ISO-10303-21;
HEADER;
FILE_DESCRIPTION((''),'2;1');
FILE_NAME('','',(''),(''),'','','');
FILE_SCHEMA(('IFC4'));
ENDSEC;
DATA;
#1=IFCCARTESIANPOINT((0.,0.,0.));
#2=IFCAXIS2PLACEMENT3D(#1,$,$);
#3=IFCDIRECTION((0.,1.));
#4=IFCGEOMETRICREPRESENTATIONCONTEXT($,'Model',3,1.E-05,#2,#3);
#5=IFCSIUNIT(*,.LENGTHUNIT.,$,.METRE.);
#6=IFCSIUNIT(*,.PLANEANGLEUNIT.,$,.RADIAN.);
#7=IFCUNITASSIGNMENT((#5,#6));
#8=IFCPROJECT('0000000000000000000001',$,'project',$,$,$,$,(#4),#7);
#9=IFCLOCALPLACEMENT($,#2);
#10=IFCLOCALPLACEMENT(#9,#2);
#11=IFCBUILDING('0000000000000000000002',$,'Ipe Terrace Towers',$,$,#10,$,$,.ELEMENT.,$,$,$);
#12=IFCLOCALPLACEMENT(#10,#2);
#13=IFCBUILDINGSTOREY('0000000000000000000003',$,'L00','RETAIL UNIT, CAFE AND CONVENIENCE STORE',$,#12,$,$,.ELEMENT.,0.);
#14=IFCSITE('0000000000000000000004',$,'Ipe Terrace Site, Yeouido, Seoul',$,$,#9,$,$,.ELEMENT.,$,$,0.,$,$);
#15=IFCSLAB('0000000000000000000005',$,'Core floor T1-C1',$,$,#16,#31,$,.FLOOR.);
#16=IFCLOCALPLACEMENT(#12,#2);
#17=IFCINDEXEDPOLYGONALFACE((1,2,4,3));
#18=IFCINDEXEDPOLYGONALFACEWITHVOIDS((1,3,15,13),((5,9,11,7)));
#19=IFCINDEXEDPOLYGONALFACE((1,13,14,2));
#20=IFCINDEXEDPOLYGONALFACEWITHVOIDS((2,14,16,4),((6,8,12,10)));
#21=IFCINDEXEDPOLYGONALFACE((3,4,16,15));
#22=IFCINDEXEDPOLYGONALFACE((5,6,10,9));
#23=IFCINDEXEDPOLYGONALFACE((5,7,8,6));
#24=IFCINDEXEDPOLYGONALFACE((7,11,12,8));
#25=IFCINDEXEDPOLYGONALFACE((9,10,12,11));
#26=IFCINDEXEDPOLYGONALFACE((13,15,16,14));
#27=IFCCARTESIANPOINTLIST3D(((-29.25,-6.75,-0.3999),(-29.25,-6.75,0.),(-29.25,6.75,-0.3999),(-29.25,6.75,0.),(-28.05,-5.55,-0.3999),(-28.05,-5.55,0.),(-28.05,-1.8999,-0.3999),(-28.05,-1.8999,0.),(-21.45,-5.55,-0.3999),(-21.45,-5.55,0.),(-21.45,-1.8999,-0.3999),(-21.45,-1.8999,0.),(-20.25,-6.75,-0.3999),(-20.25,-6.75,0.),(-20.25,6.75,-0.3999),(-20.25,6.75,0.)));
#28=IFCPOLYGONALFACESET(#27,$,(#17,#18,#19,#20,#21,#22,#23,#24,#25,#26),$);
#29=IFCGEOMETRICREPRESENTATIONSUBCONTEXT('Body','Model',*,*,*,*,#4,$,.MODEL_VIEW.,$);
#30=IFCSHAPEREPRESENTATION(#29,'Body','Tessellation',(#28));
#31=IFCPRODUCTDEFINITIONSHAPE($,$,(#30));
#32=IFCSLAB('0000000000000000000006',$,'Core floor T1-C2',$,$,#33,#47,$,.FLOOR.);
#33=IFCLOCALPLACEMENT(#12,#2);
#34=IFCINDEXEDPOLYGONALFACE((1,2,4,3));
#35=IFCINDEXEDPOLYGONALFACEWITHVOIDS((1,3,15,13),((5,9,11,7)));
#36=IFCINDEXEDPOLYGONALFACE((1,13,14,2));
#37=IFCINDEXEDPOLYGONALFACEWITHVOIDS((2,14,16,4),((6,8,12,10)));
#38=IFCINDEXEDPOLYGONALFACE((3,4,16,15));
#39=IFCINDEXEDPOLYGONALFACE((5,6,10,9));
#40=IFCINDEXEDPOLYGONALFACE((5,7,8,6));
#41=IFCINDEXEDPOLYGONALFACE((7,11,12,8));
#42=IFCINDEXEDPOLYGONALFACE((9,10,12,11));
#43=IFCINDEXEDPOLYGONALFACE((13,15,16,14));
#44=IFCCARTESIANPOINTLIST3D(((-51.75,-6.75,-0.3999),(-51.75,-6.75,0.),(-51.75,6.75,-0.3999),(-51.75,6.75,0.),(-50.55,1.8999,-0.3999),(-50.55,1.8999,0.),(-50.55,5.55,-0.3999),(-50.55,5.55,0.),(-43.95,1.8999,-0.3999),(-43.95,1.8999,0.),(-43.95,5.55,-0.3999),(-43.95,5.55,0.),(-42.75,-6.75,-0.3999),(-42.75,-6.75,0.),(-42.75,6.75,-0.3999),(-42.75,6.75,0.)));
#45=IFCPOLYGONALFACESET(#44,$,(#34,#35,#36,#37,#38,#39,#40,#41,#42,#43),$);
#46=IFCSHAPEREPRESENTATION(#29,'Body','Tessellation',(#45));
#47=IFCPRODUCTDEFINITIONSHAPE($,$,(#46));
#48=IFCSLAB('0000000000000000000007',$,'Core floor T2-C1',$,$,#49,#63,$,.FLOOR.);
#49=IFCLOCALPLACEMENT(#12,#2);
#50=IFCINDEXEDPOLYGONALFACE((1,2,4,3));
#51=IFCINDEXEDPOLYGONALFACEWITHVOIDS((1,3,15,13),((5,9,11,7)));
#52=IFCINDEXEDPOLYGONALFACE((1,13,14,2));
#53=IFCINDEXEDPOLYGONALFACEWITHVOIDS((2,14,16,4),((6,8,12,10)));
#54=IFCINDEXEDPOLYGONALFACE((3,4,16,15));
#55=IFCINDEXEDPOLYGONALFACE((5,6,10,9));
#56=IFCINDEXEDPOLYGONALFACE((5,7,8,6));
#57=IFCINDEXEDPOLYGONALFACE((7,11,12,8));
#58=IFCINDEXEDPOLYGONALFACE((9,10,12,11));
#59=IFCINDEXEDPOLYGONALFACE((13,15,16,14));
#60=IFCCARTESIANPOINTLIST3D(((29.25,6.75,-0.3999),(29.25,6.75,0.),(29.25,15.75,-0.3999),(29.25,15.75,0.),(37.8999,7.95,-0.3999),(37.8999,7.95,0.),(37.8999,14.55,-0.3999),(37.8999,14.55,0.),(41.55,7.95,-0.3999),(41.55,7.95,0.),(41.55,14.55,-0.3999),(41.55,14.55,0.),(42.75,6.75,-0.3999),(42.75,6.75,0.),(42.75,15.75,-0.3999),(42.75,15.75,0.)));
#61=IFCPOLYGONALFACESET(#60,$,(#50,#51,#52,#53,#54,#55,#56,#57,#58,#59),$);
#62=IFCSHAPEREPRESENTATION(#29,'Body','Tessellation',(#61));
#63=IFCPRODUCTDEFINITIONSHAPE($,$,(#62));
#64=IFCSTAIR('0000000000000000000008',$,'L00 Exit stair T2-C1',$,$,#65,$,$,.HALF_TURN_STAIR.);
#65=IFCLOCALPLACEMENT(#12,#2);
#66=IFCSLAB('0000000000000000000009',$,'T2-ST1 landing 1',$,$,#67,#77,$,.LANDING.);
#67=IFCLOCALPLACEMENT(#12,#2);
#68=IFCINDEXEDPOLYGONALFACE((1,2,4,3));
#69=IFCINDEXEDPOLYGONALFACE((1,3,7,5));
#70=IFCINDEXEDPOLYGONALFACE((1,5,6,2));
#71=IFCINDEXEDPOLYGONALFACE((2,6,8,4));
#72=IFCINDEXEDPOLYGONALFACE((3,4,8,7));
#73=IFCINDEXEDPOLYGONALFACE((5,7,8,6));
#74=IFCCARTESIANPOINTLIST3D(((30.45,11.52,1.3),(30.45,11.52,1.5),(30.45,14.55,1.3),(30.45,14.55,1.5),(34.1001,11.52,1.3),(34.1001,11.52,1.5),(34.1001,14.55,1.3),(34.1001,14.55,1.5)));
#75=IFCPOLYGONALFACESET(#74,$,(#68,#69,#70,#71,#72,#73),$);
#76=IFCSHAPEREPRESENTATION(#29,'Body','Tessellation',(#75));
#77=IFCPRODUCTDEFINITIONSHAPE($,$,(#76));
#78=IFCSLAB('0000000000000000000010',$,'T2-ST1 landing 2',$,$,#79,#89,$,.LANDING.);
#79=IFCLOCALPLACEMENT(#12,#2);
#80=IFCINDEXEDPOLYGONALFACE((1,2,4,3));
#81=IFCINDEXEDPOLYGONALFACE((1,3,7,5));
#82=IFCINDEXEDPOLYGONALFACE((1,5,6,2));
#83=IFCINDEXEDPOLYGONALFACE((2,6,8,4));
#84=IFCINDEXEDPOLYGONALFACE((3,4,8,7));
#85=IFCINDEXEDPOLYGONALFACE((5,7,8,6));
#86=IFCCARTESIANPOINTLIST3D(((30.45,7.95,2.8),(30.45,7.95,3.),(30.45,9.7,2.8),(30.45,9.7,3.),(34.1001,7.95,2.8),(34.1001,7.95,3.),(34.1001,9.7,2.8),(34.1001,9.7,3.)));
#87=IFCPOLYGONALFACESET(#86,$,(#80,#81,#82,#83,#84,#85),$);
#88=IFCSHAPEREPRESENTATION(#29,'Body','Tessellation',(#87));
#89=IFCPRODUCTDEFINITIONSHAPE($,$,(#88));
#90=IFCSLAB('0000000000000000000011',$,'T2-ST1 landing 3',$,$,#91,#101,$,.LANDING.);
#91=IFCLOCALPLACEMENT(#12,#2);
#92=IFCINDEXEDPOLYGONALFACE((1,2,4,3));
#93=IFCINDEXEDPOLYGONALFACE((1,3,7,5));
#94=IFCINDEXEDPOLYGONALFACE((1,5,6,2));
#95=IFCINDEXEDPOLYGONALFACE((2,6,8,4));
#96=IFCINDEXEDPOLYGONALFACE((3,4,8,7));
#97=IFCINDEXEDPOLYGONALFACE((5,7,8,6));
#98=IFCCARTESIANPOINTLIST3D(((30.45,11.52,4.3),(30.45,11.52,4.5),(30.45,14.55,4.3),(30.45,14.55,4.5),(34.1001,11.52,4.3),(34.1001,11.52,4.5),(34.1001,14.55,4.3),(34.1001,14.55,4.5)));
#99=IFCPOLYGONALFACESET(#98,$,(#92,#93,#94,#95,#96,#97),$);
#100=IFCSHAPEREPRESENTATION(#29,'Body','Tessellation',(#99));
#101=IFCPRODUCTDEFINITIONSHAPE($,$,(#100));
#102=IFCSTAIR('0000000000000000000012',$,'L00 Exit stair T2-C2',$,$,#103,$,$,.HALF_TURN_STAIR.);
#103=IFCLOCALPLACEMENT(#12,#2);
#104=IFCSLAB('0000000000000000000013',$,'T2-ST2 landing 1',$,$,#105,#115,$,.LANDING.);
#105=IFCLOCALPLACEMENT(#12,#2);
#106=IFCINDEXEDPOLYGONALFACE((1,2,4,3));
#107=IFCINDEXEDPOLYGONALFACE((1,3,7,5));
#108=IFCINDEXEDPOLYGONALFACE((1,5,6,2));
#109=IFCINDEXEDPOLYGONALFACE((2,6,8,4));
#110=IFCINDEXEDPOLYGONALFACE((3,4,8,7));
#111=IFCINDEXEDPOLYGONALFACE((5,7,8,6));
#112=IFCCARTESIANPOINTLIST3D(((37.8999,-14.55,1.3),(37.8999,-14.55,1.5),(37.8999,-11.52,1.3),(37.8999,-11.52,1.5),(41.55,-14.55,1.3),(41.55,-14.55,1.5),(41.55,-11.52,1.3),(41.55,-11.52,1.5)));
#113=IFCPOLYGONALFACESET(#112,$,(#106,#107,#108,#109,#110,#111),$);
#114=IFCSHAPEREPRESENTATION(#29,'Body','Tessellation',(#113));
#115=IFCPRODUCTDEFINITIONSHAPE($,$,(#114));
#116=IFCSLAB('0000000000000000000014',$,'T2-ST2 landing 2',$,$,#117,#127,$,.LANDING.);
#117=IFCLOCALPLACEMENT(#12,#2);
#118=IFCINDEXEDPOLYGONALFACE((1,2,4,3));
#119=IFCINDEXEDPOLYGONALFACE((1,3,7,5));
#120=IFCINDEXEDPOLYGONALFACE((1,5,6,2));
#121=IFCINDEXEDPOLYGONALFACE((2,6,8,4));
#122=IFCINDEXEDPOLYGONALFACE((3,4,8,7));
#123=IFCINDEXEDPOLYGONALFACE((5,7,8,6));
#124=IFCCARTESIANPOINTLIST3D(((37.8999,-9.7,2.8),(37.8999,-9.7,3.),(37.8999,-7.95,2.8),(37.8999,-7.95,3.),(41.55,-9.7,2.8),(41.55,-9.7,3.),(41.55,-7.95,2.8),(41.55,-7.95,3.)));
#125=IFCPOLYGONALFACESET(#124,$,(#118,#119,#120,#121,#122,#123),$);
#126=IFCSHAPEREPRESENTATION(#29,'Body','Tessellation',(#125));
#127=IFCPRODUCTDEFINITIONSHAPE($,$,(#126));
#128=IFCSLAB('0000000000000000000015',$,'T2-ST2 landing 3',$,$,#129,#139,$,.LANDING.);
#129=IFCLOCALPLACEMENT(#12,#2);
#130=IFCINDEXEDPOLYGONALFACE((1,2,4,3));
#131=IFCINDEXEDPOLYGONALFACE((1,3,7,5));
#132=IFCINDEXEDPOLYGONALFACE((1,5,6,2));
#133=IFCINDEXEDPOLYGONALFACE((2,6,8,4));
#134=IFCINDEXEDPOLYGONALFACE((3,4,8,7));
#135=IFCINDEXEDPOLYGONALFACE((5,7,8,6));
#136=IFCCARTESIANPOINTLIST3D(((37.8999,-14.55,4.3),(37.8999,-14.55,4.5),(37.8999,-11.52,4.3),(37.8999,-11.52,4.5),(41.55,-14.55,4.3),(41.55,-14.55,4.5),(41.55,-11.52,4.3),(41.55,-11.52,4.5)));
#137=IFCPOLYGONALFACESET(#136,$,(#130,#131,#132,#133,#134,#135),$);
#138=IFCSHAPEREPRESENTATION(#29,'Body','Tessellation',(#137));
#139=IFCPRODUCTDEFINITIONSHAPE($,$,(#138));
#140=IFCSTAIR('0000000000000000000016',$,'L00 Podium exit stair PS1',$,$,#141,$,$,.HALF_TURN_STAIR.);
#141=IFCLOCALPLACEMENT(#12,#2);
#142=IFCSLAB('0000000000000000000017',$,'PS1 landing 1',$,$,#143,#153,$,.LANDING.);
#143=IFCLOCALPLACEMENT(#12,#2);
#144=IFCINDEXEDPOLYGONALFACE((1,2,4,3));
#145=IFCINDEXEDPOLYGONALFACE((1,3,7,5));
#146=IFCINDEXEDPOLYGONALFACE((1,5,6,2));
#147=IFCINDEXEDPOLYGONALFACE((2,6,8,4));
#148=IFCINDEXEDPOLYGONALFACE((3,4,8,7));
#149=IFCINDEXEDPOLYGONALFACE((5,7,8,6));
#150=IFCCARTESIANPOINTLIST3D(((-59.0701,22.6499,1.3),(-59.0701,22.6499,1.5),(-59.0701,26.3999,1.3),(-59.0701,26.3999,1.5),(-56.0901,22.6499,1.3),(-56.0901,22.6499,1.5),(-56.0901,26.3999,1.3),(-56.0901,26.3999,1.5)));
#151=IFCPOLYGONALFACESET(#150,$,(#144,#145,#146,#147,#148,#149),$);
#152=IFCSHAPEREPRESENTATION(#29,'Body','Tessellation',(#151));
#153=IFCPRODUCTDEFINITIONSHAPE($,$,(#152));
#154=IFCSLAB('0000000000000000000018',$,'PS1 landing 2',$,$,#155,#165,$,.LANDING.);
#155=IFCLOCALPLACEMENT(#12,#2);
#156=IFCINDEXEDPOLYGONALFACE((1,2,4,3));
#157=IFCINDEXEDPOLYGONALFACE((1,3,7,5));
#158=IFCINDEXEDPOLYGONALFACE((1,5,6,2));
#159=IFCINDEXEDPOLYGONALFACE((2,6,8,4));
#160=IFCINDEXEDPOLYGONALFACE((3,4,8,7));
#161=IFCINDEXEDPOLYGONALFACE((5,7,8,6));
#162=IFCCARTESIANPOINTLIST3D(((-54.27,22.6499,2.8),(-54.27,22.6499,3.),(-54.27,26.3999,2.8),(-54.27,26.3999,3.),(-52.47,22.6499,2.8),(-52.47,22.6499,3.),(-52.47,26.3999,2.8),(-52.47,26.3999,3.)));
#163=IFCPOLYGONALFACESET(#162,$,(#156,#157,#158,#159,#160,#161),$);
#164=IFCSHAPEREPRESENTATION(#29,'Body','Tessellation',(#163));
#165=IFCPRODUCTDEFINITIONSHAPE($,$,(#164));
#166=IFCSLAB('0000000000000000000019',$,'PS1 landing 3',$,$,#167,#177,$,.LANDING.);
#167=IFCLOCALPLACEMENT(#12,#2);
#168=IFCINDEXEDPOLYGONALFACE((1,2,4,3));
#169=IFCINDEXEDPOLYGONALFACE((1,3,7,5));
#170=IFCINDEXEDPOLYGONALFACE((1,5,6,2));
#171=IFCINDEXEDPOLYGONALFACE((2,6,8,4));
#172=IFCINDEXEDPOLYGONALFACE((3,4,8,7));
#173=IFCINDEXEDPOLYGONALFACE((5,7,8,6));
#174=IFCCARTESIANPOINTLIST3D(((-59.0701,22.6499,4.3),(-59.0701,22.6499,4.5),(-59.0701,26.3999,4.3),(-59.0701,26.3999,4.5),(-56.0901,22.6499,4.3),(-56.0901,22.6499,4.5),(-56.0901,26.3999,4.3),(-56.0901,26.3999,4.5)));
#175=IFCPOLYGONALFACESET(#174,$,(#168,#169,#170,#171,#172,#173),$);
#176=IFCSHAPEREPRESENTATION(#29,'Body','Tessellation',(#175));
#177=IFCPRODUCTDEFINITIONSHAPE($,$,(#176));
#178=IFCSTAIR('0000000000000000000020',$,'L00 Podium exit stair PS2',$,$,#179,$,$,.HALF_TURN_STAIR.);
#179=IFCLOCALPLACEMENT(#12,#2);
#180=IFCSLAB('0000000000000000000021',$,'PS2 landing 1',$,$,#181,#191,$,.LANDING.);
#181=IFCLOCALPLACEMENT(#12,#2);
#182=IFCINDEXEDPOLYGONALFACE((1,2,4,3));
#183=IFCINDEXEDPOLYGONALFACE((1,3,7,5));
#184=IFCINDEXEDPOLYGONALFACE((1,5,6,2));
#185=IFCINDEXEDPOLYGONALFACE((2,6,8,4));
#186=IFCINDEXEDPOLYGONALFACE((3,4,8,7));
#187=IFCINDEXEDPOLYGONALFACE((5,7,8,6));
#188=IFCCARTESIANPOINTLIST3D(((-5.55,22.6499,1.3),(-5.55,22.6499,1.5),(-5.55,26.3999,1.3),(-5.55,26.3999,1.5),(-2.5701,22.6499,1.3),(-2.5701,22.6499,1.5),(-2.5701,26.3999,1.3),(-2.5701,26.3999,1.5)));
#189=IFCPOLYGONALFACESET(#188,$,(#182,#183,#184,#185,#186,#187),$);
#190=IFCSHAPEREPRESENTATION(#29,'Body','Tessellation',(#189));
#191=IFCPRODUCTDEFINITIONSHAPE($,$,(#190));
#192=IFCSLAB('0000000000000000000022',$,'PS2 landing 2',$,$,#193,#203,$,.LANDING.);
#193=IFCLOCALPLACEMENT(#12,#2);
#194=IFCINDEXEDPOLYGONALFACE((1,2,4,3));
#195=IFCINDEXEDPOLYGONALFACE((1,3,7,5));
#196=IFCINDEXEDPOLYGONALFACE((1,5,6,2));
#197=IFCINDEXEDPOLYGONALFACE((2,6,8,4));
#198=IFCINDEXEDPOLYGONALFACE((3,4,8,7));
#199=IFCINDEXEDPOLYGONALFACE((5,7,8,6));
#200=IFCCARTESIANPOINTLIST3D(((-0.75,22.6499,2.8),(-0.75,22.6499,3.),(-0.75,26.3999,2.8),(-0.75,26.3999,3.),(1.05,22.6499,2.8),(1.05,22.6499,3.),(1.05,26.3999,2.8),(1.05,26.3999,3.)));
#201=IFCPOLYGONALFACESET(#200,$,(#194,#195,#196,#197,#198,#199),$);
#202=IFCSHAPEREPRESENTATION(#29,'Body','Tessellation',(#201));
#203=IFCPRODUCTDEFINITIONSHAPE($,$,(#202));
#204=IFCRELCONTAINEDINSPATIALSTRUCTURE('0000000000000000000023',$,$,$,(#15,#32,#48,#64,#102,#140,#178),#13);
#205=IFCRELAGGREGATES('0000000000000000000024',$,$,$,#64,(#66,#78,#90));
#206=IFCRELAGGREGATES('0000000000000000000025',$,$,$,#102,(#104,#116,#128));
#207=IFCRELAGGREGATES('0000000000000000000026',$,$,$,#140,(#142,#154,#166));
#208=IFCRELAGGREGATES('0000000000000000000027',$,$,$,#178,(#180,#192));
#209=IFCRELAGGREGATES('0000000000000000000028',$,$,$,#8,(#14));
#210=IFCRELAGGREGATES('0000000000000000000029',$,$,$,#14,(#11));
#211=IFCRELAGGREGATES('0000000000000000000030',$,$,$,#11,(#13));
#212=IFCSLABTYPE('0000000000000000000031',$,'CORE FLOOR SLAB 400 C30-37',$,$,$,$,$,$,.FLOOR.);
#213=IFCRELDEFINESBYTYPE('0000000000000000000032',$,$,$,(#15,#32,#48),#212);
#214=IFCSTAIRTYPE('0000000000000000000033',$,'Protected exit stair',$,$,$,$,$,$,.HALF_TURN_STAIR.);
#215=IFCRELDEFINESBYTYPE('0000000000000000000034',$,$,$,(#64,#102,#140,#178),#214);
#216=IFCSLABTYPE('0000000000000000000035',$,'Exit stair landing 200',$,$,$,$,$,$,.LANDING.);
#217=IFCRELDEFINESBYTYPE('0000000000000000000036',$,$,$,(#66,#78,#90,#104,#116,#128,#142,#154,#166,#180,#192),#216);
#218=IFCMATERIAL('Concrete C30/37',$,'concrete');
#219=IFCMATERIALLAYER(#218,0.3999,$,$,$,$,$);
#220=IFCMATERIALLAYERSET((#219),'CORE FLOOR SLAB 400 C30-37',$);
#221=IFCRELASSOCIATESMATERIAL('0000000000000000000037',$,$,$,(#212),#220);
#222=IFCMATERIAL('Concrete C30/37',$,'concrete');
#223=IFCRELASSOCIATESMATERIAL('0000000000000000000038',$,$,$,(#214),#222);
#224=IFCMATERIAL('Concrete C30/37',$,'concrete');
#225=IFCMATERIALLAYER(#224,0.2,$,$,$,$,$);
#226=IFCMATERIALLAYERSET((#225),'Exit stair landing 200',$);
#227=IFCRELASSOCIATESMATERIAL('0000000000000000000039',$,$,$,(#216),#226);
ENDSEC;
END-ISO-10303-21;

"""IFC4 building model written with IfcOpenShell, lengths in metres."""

from ifc_helpers import new_model, si_unit, direction, frame, origin, place, context, subcontext, project, spatial, polyline, outline, extrude, material, layer, layer_set, type_object, element, aggregate, save


model = new_model("IFC4")

# Units and contexts
model_context = context("Model", 3, precision=1e-05, world=origin(), true_north=direction((0.0, 1.0)))
body_context = subcontext(model_context, "Body", "Model", "MODEL_VIEW")
ifc_project = project(units=[si_unit("LENGTHUNIT", "METRE"), si_unit("PLANEANGLEUNIT", "RADIAN")], contexts=[model_context])

# Site, building, storey
site_placement = place(None, origin())
site = spatial("IfcSite", under=ifc_project, at=site_placement, Name="Ipe Terrace Site, Yeouido, Seoul", CompositionType="ELEMENT", RefElevation=0.0)
building_placement = place(site_placement, origin())
building = spatial("IfcBuilding", under=site, at=building_placement, Name="Ipe Terrace Towers", CompositionType="ELEMENT")
storey_placement = place(building_placement, origin())
storey = spatial("IfcBuildingStorey", under=building, at=storey_placement, Name="L00", Description="RETAIL UNIT, CAFE AND CONVENIENCE STORE", CompositionType="ELEMENT", Elevation=0.0)

# Slabs
ifc_material_1 = material(Name="Concrete C30/37", Category="concrete")
ifc_layer_1 = layer(ifc_material_1, 0.3999)
ifc_layer_set_1 = layer_set([ifc_layer_1], Name="CORE FLOOR SLAB 400 C30-37")
slab_type_1 = type_object("IfcSlabType", Name="CORE FLOOR SLAB 400 C30-37", PredefinedType="FLOOR", material=ifc_layer_set_1)
slab_1_placement = place(storey_placement, frame((0.0, 0.0, -0.3999)))
element("IfcSlab", 1, at=slab_1_placement, inside=storey, type_object=slab_type_1, Name="Core floor T1-C1", PredefinedType="FLOOR", context=body_context, shape_type="SweptSolid", body=[
    extrude(outline(polyline([(-29.25, -6.75), (-29.25, 6.75), (-20.25, 6.75), (-20.25, -6.75), (-29.25, -6.75)]), holes=[polyline([(-28.05, -5.55), (-21.45, -5.55), (-21.45, -1.8999), (-28.05, -1.8999), (-28.05, -5.55)])]), origin(), (0.0, 0.0, 1.0), 0.3999),
])
slab_2_placement = place(storey_placement, frame((0.0, 0.0, -0.3999)))
element("IfcSlab", 2, at=slab_2_placement, inside=storey, type_object=slab_type_1, Name="Core floor T1-C2", PredefinedType="FLOOR", context=body_context, shape_type="SweptSolid", body=[
    extrude(outline(polyline([(-51.75, -6.75), (-51.75, 6.75), (-42.75, 6.75), (-42.75, -6.75), (-51.75, -6.75)]), holes=[polyline([(-50.55, 1.8999), (-43.95, 1.8999), (-43.95, 5.55), (-50.55, 5.55), (-50.55, 1.8999)])]), origin(), (0.0, 0.0, 1.0), 0.3999),
])
slab_3_placement = place(storey_placement, frame((0.0, 0.0, -0.3999)))
element("IfcSlab", 3, at=slab_3_placement, inside=storey, type_object=slab_type_1, Name="Core floor T2-C1", PredefinedType="FLOOR", context=body_context, shape_type="SweptSolid", body=[
    extrude(outline(polyline([(29.25, 6.75), (29.25, 15.75), (42.75, 15.75), (42.75, 6.75), (29.25, 6.75)]), holes=[polyline([(41.55, 7.95), (41.55, 14.55), (37.8999, 14.55), (37.8999, 7.95), (41.55, 7.95)])]), origin(), (0.0, 0.0, 1.0), 0.3999),
])

# Stairs, slabs
ifc_material_2 = material(Name="Concrete C30/37", Category="concrete")
stair_type = type_object("IfcStairType", Name="Protected exit stair", PredefinedType="HALF_TURN_STAIR", material=ifc_material_2)
stair_1_placement = place(storey_placement, origin())
stair_1 = element("IfcStair", 4, at=stair_1_placement, inside=storey, type_object=stair_type, Name="L00 Exit stair T2-C1", PredefinedType="HALF_TURN_STAIR")
ifc_material_3 = material(Name="Concrete C30/37", Category="concrete")
ifc_layer_2 = layer(ifc_material_3, 0.2)
ifc_layer_set_2 = layer_set([ifc_layer_2], Name="Exit stair landing 200")
slab_type_2 = type_object("IfcSlabType", Name="Exit stair landing 200", PredefinedType="LANDING", material=ifc_layer_set_2)
slab_4_placement = place(storey_placement, frame((0.0, 0.0, 1.3)))
slab_4 = element("IfcSlab", 5, at=slab_4_placement, type_object=slab_type_2, Name="T2-ST1 landing 1", PredefinedType="LANDING", context=body_context, shape_type="SweptSolid", body=[
    extrude(outline(polyline([(34.1001, 11.52), (34.1001, 14.55), (30.45, 14.55), (30.45, 11.52), (34.1001, 11.52)])), origin(), (0.0, 0.0, 1.0), 0.2),
])
slab_5_placement = place(storey_placement, frame((0.0, 0.0, 2.8)))
slab_5 = element("IfcSlab", 6, at=slab_5_placement, type_object=slab_type_2, Name="T2-ST1 landing 2", PredefinedType="LANDING", context=body_context, shape_type="SweptSolid", body=[
    extrude(outline(polyline([(34.1001, 7.95), (34.1001, 9.7), (30.45, 9.7), (30.45, 7.95), (34.1001, 7.95)])), origin(), (0.0, 0.0, 1.0), 0.2),
])
slab_6_placement = place(storey_placement, frame((0.0, 0.0, 4.3)))
slab_6 = element("IfcSlab", 7, at=slab_6_placement, type_object=slab_type_2, Name="T2-ST1 landing 3", PredefinedType="LANDING", context=body_context, shape_type="SweptSolid", body=[
    extrude(outline(polyline([(34.1001, 11.52), (34.1001, 14.55), (30.45, 14.55), (30.45, 11.52), (34.1001, 11.52)])), origin(), (0.0, 0.0, 1.0), 0.2),
])
aggregate(stair_1, [slab_4, slab_5, slab_6])
stair_2_placement = place(storey_placement, origin())
stair_2 = element("IfcStair", 8, at=stair_2_placement, inside=storey, type_object=stair_type, Name="L00 Exit stair T2-C2", PredefinedType="HALF_TURN_STAIR")
slab_7_placement = place(storey_placement, frame((0.0, 0.0, 1.3)))
slab_7 = element("IfcSlab", 9, at=slab_7_placement, type_object=slab_type_2, Name="T2-ST2 landing 1", PredefinedType="LANDING", context=body_context, shape_type="SweptSolid", body=[
    extrude(outline(polyline([(37.8999, -11.52), (37.8999, -14.55), (41.55, -14.55), (41.55, -11.52), (37.8999, -11.52)])), origin(), (0.0, 0.0, 1.0), 0.2),
])
slab_8_placement = place(storey_placement, frame((0.0, 0.0, 2.8)))
slab_8 = element("IfcSlab", 10, at=slab_8_placement, type_object=slab_type_2, Name="T2-ST2 landing 2", PredefinedType="LANDING", context=body_context, shape_type="SweptSolid", body=[
    extrude(outline(polyline([(37.8999, -7.95), (37.8999, -9.7), (41.55, -9.7), (41.55, -7.95), (37.8999, -7.95)])), origin(), (0.0, 0.0, 1.0), 0.2),
])
slab_9_placement = place(storey_placement, frame((0.0, 0.0, 4.3)))
slab_9 = element("IfcSlab", 11, at=slab_9_placement, type_object=slab_type_2, Name="T2-ST2 landing 3", PredefinedType="LANDING", context=body_context, shape_type="SweptSolid", body=[
    extrude(outline(polyline([(37.8999, -11.52), (37.8999, -14.55), (41.55, -14.55), (41.55, -11.52), (37.8999, -11.52)])), origin(), (0.0, 0.0, 1.0), 0.2),
])
aggregate(stair_2, [slab_7, slab_8, slab_9])
stair_3_placement = place(storey_placement, origin())
stair_3 = element("IfcStair", 12, at=stair_3_placement, inside=storey, type_object=stair_type, Name="L00 Podium exit stair PS1", PredefinedType="HALF_TURN_STAIR")
slab_10_placement = place(storey_placement, frame((0.0, 0.0, 1.3)))
slab_10 = element("IfcSlab", 13, at=slab_10_placement, type_object=slab_type_2, Name="PS1 landing 1", PredefinedType="LANDING", context=body_context, shape_type="SweptSolid", body=[
    extrude(outline(polyline([(-56.0901, 26.3999), (-59.0701, 26.3999), (-59.0701, 22.6499), (-56.0901, 22.6499), (-56.0901, 26.3999)])), origin(), (0.0, 0.0, 1.0), 0.2),
])
slab_11_placement = place(storey_placement, frame((0.0, 0.0, 2.8)))
slab_11 = element("IfcSlab", 14, at=slab_11_placement, type_object=slab_type_2, Name="PS1 landing 2", PredefinedType="LANDING", context=body_context, shape_type="SweptSolid", body=[
    extrude(outline(polyline([(-52.47, 26.3999), (-54.27, 26.3999), (-54.27, 22.6499), (-52.47, 22.6499), (-52.47, 26.3999)])), origin(), (0.0, 0.0, 1.0), 0.2),
])
slab_12_placement = place(storey_placement, frame((0.0, 0.0, 4.3)))
slab_12 = element("IfcSlab", 15, at=slab_12_placement, type_object=slab_type_2, Name="PS1 landing 3", PredefinedType="LANDING", context=body_context, shape_type="SweptSolid", body=[
    extrude(outline(polyline([(-56.0901, 26.3999), (-59.0701, 26.3999), (-59.0701, 22.6499), (-56.0901, 22.6499), (-56.0901, 26.3999)])), origin(), (0.0, 0.0, 1.0), 0.2),
])
aggregate(stair_3, [slab_10, slab_11, slab_12])
stair_4_placement = place(storey_placement, origin())
stair_4 = element("IfcStair", 16, at=stair_4_placement, inside=storey, type_object=stair_type, Name="L00 Podium exit stair PS2", PredefinedType="HALF_TURN_STAIR")
slab_13_placement = place(storey_placement, frame((0.0, 0.0, 1.3)))
slab_13 = element("IfcSlab", 17, at=slab_13_placement, type_object=slab_type_2, Name="PS2 landing 1", PredefinedType="LANDING", context=body_context, shape_type="SweptSolid", body=[
    extrude(outline(polyline([(-2.5701, 26.3999), (-5.55, 26.3999), (-5.55, 22.6499), (-2.5701, 22.6499), (-2.5701, 26.3999)])), origin(), (0.0, 0.0, 1.0), 0.2),
])
slab_14_placement = place(storey_placement, frame((0.0, 0.0, 2.8)))
slab_14 = element("IfcSlab", 18, at=slab_14_placement, type_object=slab_type_2, Name="PS2 landing 2", PredefinedType="LANDING", context=body_context, shape_type="SweptSolid", body=[
    extrude(outline(polyline([(1.05, 26.3999), (-0.75, 26.3999), (-0.75, 22.6499), (1.05, 22.6499), (1.05, 26.3999)])), origin(), (0.0, 0.0, 1.0), 0.2),
])
aggregate(stair_4, [slab_13, slab_14])

save(model, "model.ifc")
